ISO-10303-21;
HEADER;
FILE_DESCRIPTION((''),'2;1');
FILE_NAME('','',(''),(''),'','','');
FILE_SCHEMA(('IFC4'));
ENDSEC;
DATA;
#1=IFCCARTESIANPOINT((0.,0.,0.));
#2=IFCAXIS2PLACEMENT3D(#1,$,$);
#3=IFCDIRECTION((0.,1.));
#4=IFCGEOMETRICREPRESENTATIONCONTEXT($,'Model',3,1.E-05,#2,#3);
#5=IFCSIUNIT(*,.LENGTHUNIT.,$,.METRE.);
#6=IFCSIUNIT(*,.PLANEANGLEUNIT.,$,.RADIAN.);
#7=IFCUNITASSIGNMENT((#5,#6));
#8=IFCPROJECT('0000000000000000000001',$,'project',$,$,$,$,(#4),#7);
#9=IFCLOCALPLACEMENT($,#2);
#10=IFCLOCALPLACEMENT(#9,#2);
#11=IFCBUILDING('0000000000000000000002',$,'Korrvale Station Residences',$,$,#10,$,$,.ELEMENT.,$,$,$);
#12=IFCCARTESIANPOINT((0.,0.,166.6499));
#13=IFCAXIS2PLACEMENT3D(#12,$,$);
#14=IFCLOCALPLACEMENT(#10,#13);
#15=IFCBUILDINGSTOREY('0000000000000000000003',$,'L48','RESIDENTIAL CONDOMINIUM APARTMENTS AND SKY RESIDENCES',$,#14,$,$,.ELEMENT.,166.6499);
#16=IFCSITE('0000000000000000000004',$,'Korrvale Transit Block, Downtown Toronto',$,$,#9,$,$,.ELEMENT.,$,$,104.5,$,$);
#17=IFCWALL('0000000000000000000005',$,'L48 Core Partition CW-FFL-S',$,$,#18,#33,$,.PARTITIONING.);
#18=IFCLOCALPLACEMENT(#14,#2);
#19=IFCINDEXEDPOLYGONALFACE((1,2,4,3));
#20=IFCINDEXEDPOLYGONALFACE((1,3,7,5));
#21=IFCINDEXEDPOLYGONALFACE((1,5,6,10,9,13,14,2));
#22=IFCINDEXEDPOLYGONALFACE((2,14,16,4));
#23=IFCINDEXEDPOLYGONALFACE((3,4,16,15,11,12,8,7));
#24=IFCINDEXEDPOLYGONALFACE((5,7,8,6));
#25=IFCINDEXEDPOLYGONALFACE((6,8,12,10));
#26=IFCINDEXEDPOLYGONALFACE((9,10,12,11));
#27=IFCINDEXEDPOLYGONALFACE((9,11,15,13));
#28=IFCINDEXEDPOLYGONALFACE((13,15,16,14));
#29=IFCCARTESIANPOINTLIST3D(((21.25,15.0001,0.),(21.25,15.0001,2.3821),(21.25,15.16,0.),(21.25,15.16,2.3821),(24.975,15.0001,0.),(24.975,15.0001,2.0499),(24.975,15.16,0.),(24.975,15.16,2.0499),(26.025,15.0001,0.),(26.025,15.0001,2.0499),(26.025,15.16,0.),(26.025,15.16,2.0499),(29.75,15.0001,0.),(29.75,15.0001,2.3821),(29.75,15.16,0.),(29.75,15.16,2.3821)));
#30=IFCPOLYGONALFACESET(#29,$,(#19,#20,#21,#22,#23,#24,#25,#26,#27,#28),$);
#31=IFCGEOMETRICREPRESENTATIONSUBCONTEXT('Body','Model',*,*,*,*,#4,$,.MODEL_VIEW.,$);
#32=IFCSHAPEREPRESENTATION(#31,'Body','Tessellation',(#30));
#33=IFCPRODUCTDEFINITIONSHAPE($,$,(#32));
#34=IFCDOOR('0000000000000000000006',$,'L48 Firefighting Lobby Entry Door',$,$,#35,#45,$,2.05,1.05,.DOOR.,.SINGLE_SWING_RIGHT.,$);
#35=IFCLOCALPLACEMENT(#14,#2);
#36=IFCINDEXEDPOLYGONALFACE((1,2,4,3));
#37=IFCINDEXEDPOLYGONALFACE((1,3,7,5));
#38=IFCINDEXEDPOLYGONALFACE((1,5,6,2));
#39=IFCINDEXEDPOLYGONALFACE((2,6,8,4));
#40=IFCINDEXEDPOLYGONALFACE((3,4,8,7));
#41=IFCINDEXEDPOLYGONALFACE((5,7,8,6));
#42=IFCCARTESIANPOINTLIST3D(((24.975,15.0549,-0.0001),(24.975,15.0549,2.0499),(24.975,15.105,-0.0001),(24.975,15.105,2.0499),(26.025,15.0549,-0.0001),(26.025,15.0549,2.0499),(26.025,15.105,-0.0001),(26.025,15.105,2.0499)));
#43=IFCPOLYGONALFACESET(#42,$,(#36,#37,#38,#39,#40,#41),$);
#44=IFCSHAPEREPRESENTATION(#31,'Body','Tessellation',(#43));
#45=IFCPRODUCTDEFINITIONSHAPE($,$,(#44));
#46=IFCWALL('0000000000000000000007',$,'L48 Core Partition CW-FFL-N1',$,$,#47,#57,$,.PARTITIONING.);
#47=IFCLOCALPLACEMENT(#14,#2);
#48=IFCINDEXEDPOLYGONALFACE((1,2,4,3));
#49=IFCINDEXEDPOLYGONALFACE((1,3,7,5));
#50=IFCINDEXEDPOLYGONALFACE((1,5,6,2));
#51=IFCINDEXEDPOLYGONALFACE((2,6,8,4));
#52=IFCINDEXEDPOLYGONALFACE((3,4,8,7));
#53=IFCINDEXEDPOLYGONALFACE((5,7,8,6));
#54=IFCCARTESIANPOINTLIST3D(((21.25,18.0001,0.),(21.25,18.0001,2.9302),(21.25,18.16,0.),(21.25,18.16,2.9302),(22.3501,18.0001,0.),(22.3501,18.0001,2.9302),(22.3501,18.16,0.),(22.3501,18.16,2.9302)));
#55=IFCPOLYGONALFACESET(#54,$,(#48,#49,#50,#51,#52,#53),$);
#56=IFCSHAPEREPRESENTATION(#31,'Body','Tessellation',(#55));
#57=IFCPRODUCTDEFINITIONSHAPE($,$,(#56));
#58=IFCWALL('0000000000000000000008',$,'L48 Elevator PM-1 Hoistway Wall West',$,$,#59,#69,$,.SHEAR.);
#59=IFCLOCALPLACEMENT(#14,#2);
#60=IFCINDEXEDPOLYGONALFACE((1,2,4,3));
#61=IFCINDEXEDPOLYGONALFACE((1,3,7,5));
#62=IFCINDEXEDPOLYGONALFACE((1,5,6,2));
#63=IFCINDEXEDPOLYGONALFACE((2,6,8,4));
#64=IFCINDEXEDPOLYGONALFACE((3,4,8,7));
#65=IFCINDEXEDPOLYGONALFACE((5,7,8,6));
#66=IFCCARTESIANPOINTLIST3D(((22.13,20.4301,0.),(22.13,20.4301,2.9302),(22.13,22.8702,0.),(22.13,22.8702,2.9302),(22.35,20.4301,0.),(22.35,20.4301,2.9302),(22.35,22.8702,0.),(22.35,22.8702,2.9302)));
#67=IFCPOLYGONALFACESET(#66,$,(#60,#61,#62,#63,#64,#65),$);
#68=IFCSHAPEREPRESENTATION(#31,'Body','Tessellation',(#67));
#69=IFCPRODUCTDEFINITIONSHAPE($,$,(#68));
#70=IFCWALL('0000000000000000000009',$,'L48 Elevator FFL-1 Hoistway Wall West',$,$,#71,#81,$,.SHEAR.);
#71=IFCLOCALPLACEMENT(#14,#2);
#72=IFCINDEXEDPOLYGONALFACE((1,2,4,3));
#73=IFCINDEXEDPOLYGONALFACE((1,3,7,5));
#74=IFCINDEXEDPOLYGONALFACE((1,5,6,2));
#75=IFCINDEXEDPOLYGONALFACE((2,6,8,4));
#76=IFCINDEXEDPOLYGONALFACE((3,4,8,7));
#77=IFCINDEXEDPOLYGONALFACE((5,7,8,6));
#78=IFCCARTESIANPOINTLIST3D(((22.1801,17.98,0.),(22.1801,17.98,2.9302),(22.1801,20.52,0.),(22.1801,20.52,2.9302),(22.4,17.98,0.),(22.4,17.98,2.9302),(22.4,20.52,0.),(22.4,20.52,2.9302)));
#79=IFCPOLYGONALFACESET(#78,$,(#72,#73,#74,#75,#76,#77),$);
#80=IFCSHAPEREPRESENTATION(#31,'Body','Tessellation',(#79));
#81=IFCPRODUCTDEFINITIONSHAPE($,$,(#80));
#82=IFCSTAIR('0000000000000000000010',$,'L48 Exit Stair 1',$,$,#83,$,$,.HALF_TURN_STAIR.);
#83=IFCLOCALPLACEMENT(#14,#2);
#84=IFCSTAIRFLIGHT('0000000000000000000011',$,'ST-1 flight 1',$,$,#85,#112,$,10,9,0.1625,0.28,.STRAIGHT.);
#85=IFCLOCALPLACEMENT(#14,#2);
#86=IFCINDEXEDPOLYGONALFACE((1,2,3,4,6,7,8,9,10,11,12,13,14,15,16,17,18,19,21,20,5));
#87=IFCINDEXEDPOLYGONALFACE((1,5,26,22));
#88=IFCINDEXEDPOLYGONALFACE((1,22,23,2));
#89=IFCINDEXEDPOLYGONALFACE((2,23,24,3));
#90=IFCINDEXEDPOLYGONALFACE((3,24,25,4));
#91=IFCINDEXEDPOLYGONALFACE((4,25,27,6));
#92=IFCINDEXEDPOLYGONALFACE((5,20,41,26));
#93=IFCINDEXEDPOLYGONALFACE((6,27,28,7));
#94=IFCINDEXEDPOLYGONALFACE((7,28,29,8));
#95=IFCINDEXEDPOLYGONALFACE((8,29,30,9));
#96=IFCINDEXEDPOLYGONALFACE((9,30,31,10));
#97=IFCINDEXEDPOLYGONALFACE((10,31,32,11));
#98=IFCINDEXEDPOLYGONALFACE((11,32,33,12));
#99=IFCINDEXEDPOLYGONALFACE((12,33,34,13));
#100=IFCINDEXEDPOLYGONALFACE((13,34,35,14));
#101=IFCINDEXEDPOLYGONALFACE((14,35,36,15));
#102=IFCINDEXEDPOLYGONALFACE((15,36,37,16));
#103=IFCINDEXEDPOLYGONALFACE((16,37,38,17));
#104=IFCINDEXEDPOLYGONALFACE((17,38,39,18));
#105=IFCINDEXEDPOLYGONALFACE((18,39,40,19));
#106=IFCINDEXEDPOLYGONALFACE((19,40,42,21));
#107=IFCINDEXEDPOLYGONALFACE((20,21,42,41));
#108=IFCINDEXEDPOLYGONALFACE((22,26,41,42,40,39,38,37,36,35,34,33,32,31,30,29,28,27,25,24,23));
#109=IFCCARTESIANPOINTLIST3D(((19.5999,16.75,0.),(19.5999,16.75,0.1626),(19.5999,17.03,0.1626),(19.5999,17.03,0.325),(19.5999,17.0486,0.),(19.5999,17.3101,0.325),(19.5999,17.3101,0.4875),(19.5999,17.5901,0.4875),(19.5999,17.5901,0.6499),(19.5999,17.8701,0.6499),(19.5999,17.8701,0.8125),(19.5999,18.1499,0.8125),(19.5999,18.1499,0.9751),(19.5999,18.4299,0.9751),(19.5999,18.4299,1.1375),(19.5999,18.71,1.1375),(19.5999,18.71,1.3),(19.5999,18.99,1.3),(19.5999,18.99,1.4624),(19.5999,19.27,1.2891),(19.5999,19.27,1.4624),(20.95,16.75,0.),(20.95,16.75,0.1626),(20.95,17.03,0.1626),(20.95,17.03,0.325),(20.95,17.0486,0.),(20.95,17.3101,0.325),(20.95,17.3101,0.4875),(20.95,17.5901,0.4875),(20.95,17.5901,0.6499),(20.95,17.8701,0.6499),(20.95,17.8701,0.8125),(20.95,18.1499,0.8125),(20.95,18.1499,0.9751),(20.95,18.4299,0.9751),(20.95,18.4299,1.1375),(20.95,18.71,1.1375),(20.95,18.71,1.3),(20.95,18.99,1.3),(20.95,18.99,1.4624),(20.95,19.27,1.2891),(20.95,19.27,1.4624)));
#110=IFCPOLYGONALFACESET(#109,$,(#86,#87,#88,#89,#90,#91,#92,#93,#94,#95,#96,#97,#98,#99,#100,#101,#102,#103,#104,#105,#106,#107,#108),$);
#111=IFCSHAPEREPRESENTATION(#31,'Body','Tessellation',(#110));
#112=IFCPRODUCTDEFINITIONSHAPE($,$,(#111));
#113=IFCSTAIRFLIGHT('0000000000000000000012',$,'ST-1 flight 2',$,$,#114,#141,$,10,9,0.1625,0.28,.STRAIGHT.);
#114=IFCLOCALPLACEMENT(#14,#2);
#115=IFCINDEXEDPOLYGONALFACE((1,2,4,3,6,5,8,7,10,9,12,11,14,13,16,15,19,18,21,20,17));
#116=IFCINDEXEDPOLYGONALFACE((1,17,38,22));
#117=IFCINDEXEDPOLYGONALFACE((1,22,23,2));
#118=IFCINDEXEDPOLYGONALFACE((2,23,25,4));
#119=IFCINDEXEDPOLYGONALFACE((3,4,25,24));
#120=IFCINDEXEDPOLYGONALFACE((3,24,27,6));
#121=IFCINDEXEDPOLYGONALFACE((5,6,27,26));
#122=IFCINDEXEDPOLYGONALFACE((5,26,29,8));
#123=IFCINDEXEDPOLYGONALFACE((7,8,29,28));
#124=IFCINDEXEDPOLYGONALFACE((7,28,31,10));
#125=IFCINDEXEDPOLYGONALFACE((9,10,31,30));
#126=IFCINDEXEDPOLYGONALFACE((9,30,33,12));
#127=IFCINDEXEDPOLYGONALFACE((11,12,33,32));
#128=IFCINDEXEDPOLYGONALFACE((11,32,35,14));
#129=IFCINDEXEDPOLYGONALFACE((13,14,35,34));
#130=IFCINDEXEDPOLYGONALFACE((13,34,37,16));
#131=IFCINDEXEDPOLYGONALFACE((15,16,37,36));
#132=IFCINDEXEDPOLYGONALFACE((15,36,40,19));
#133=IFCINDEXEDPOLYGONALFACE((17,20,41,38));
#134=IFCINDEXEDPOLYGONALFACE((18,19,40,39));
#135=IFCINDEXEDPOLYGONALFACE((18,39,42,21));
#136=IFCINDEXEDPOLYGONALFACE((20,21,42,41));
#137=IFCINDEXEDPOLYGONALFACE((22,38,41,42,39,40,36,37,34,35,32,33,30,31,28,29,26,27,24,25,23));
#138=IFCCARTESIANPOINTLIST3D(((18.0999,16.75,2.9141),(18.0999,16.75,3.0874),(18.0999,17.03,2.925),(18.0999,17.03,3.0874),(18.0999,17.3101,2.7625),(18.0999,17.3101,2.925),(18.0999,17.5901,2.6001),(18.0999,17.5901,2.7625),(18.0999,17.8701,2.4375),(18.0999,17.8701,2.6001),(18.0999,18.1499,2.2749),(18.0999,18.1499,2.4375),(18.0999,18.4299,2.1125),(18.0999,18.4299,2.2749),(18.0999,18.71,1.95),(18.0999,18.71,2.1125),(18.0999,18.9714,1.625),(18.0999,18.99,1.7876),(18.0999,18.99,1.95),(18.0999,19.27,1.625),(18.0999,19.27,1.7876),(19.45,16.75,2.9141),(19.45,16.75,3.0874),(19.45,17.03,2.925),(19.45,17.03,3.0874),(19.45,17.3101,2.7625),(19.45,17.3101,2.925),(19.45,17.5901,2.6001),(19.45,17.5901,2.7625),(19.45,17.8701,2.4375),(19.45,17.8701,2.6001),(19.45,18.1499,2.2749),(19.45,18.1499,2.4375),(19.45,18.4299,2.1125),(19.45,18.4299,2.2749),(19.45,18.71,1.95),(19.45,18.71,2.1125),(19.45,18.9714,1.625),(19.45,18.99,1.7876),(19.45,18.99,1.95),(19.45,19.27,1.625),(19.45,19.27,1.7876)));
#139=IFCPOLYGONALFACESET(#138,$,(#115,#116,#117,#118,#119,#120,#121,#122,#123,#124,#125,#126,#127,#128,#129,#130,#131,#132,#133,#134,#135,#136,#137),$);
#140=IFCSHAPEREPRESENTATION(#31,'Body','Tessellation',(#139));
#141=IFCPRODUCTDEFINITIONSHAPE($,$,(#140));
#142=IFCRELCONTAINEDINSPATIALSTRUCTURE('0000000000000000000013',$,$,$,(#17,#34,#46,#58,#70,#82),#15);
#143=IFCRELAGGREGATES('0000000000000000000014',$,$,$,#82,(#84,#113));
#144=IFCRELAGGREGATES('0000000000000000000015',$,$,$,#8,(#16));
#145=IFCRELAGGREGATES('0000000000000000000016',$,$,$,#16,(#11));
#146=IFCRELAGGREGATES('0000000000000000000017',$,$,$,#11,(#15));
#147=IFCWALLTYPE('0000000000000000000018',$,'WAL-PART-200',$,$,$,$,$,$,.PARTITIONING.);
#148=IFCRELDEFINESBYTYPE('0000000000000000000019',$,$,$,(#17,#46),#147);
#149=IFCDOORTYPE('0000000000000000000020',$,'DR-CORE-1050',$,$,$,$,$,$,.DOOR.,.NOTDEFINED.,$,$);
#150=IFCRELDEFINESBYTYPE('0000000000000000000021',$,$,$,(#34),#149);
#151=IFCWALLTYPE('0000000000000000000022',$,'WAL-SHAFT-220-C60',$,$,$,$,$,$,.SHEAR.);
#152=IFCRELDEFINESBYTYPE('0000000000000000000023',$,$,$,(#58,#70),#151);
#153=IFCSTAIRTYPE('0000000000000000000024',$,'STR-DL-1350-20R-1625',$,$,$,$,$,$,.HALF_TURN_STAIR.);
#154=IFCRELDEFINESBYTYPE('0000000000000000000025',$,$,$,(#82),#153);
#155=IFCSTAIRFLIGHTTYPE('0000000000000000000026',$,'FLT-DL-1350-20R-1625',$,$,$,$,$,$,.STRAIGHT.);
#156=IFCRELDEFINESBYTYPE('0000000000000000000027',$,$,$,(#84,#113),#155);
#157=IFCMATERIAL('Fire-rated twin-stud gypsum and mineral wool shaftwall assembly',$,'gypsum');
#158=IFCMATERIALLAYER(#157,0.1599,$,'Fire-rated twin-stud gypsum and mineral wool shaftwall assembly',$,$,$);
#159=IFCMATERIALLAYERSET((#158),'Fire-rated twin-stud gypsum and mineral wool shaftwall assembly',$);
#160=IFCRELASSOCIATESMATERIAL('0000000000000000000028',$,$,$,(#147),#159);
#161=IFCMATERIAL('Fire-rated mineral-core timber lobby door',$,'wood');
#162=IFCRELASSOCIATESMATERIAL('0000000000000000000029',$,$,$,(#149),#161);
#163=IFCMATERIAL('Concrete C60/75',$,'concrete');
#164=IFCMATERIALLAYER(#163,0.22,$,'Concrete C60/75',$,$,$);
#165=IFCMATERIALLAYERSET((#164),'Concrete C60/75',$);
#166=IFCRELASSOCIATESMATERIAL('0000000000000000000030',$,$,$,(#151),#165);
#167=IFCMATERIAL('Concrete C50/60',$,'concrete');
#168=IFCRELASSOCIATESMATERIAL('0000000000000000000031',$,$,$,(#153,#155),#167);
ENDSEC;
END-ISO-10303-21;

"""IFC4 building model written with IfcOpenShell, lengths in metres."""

from ifc_helpers import new_model, si_unit, direction, frame, frame_2d, origin, place, context, subcontext, project, spatial, polyline, rectangle, outline, extrude, material, layer, layer_set, type_object, element, fill, aggregate, save


model = new_model("IFC4")

# Units and contexts
model_context = context("Model", 3, precision=1e-05, world=origin(), true_north=direction((0.0, 1.0)))
body_context = subcontext(model_context, "Body", "Model", "MODEL_VIEW")
ifc_project = project(units=[si_unit("LENGTHUNIT", "METRE"), si_unit("PLANEANGLEUNIT", "RADIAN")], contexts=[model_context])

# Site, building, storey
site_placement = place(None, origin())
site = spatial("IfcSite", under=ifc_project, at=site_placement, Name="Korrvale Transit Block, Downtown Toronto", CompositionType="ELEMENT", RefElevation=104.5)
building_placement = place(site_placement, origin())
building = spatial("IfcBuilding", under=site, at=building_placement, Name="Korrvale Station Residences", CompositionType="ELEMENT")
storey_placement = place(building_placement, frame((0.0, 0.0, 166.6499)))
storey = spatial("IfcBuildingStorey", under=building, at=storey_placement, Name="L48", Description="RESIDENTIAL CONDOMINIUM APARTMENTS AND SKY RESIDENCES", CompositionType="ELEMENT", Elevation=166.6499)

# Shared definitions
ifc_material_1 = material(Name="Concrete C60/75", Category="concrete")

# Wall, opening, door
ifc_material_2 = material(Name="Fire-rated twin-stud gypsum and mineral wool shaftwall assembly", Category="gypsum")
ifc_layer_1 = layer(ifc_material_2, 0.1599, Name="Fire-rated twin-stud gypsum and mineral wool shaftwall assembly")
ifc_layer_set_1 = layer_set([ifc_layer_1], Name="Fire-rated twin-stud gypsum and mineral wool shaftwall assembly")
wall_type_1 = type_object("IfcWallType", Name="WAL-PART-200", PredefinedType="PARTITIONING", material=ifc_layer_set_1)
wall_1_placement = place(storey_placement, frame((21.25, 15.0801, 0.0), z_axis=(0.0, 0.0, 1.0), x_axis=(1.0, 0.0, 0.0)))
wall_1 = element("IfcWall", 1, at=wall_1_placement, inside=storey, type_object=wall_type_1, Name="L48 Core Partition CW-FFL-S", PredefinedType="PARTITIONING", context=body_context, shape_type="SweptSolid", body=[
    extrude(rectangle(XDim=8.5, YDim=0.1599, at=frame_2d((4.25, 0.0))), origin(), (0.0, 0.0, 1.0), 2.3821),
])
opening_1_placement = place(wall_1_placement, frame((3.7251, 0.0, 0.0)))
opening_1 = element("IfcOpeningElement", 2, at=opening_1_placement, cuts=wall_1, PredefinedType="OPENING", context=body_context, shape_type="SweptSolid", body=[
    extrude(rectangle(XDim=1.05, YDim=2.05, at=frame_2d((0.5249, 1.0249))), frame((0.0, 0.0898, 0.0), z_axis=(0.0, -1.0, 0.0), x_axis=(1.0, 0.0, 0.0)), (0.0, 0.0, 1.0), 0.1799),
])
ifc_material_3 = material(Name="Fire-rated mineral-core timber lobby door", Category="wood")
door_type_1 = type_object("IfcDoorType", Name="DR-CORE-1050", OperationType="NOTDEFINED", PredefinedType="DOOR", material=ifc_material_3)
door_1_placement = place(opening_1_placement, origin())
door_1 = element("IfcDoor", 3, at=door_1_placement, inside=storey, type_object=door_type_1, Name="L48 Firefighting Lobby Entry Door", OperationType="SINGLE_SWING_RIGHT", OverallHeight=2.05, OverallWidth=1.05, PredefinedType="DOOR", context=body_context, shape_type="SweptSolid", body=[
    extrude(rectangle(XDim=1.05, YDim=2.05, at=frame_2d((0.5249, 1.0249))), frame((0.0, 0.0249, 0.0), z_axis=(0.0, -1.0, 0.0), x_axis=(1.0, 0.0, 0.0)), (0.0, 0.0, 1.0), 0.05),
])
fill(opening_1, door_1)

# Walls
wall_2_placement = place(storey_placement, frame((21.25, 18.0801, 0.0), z_axis=(0.0, 0.0, 1.0), x_axis=(1.0, 0.0, 0.0)))
element("IfcWall", 4, at=wall_2_placement, inside=storey, type_object=wall_type_1, Name="L48 Core Partition CW-FFL-N1", PredefinedType="PARTITIONING", context=body_context, shape_type="SweptSolid", body=[
    extrude(rectangle(XDim=1.1001, YDim=0.1599, at=frame_2d((0.55, 0.0))), origin(), (0.0, 0.0, 1.0), 2.9302),
])
ifc_layer_2 = layer(ifc_material_1, 0.22, Name="Concrete C60/75")
ifc_layer_set_2 = layer_set([ifc_layer_2], Name="Concrete C60/75")
wall_type_2 = type_object("IfcWallType", Name="WAL-SHAFT-220-C60", PredefinedType="SHEAR", material=ifc_layer_set_2)
wall_3_placement = place(storey_placement, frame((22.24, 20.4299, 0.0), z_axis=(0.0, 0.0, 1.0), x_axis=(0.0, 1.0, 0.0)))
element("IfcWall", 5, at=wall_3_placement, inside=storey, type_object=wall_type_2, Name="L48 Elevator PM-1 Hoistway Wall West", PredefinedType="SHEAR", context=body_context, shape_type="SweptSolid", body=[
    extrude(rectangle(XDim=2.4402, YDim=0.22, at=frame_2d((1.2202, 0.0))), origin(), (0.0, 0.0, 1.0), 2.9302),
])
wall_4_placement = place(storey_placement, frame((22.29, 17.98, 0.0), z_axis=(0.0, 0.0, 1.0), x_axis=(0.0, 1.0, 0.0)))
element("IfcWall", 6, at=wall_4_placement, inside=storey, type_object=wall_type_2, Name="L48 Elevator FFL-1 Hoistway Wall West", PredefinedType="SHEAR", context=body_context, shape_type="SweptSolid", body=[
    extrude(rectangle(XDim=2.54, YDim=0.22, at=frame_2d((1.27, 0.0))), origin(), (0.0, 0.0, 1.0), 2.9302),
])

# Stair, stair flights
ifc_material_4 = material(Name="Concrete C50/60", Category="concrete")
stair_type = type_object("IfcStairType", Name="STR-DL-1350-20R-1625", PredefinedType="HALF_TURN_STAIR", material=ifc_material_4)
stair_placement = place(storey_placement, origin())
stair = element("IfcStair", 7, at=stair_placement, inside=storey, type_object=stair_type, Name="L48 Exit Stair 1", PredefinedType="HALF_TURN_STAIR")
stair_flight_type = type_object("IfcStairFlightType", Name="FLT-DL-1350-20R-1625", PredefinedType="STRAIGHT", material=ifc_material_4)
stair_flight_1_placement = place(storey_placement, frame((20.2749, 16.75, 0.0), z_axis=(0.0, 0.0, 1.0), x_axis=(0.0, 1.0, 0.0)))
stair_flight_1 = element("IfcStairFlight", 8, at=stair_flight_1_placement, type_object=stair_flight_type, Name="ST-1 flight 1", NumberOfRisers=10, NumberOfTreads=9, PredefinedType="STRAIGHT", RiserHeight=0.1625, TreadLength=0.28, context=body_context, shape_type="SweptSolid", body=[
    extrude(outline(polyline([(0.0, 0.0), (0.0, 0.1626), (0.28, 0.1626), (0.28, 0.325), (0.5601, 0.325), (0.5601, 0.4875), (0.8401, 0.4875), (0.8401, 0.6499), (1.1201, 0.6499), (1.1201, 0.8125), (1.3999, 0.8125), (1.3999, 0.9751), (1.6799, 0.9751), (1.6799, 1.1375), (1.96, 1.1375), (1.96, 1.3), (2.24, 1.3), (2.24, 1.4624), (2.52, 1.4624), (2.52, 1.625), (2.52, 1.2891), (0.2986, 0.0), (0.0, 0.0)])), frame((0.0, 0.675, 0.0), z_axis=(0.0, -1.0, 0.0), x_axis=(1.0, 0.0, 0.0)), (0.0, 0.0, 1.0), 1.3501),
])
stair_flight_2_placement = place(storey_placement, frame((18.7749, 19.27, 1.625), z_axis=(0.0, 0.0, 1.0), x_axis=(0.0, -1.0, 0.0)))
stair_flight_2 = element("IfcStairFlight", 9, at=stair_flight_2_placement, type_object=stair_flight_type, Name="ST-1 flight 2", NumberOfRisers=10, NumberOfTreads=9, PredefinedType="STRAIGHT", RiserHeight=0.1625, TreadLength=0.28, context=body_context, shape_type="SweptSolid", body=[
    extrude(outline(polyline([(0.0, 0.0), (0.0, 0.1626), (0.28, 0.1626), (0.28, 0.325), (0.5601, 0.325), (0.5601, 0.4875), (0.8401, 0.4875), (0.8401, 0.6499), (1.1201, 0.6499), (1.1201, 0.8125), (1.3999, 0.8125), (1.3999, 0.9751), (1.6799, 0.9751), (1.6799, 1.1375), (1.96, 1.1375), (1.96, 1.3), (2.24, 1.3), (2.24, 1.4624), (2.52, 1.4624), (2.52, 1.625), (2.52, 1.2891), (0.2986, 0.0), (0.0, 0.0)])), frame((0.0, 0.675, 0.0), z_axis=(0.0, -1.0, 0.0), x_axis=(1.0, 0.0, 0.0)), (0.0, 0.0, 1.0), 1.3501),
])
aggregate(stair, [stair_flight_1, stair_flight_2])

save(model, "model.ifc")
